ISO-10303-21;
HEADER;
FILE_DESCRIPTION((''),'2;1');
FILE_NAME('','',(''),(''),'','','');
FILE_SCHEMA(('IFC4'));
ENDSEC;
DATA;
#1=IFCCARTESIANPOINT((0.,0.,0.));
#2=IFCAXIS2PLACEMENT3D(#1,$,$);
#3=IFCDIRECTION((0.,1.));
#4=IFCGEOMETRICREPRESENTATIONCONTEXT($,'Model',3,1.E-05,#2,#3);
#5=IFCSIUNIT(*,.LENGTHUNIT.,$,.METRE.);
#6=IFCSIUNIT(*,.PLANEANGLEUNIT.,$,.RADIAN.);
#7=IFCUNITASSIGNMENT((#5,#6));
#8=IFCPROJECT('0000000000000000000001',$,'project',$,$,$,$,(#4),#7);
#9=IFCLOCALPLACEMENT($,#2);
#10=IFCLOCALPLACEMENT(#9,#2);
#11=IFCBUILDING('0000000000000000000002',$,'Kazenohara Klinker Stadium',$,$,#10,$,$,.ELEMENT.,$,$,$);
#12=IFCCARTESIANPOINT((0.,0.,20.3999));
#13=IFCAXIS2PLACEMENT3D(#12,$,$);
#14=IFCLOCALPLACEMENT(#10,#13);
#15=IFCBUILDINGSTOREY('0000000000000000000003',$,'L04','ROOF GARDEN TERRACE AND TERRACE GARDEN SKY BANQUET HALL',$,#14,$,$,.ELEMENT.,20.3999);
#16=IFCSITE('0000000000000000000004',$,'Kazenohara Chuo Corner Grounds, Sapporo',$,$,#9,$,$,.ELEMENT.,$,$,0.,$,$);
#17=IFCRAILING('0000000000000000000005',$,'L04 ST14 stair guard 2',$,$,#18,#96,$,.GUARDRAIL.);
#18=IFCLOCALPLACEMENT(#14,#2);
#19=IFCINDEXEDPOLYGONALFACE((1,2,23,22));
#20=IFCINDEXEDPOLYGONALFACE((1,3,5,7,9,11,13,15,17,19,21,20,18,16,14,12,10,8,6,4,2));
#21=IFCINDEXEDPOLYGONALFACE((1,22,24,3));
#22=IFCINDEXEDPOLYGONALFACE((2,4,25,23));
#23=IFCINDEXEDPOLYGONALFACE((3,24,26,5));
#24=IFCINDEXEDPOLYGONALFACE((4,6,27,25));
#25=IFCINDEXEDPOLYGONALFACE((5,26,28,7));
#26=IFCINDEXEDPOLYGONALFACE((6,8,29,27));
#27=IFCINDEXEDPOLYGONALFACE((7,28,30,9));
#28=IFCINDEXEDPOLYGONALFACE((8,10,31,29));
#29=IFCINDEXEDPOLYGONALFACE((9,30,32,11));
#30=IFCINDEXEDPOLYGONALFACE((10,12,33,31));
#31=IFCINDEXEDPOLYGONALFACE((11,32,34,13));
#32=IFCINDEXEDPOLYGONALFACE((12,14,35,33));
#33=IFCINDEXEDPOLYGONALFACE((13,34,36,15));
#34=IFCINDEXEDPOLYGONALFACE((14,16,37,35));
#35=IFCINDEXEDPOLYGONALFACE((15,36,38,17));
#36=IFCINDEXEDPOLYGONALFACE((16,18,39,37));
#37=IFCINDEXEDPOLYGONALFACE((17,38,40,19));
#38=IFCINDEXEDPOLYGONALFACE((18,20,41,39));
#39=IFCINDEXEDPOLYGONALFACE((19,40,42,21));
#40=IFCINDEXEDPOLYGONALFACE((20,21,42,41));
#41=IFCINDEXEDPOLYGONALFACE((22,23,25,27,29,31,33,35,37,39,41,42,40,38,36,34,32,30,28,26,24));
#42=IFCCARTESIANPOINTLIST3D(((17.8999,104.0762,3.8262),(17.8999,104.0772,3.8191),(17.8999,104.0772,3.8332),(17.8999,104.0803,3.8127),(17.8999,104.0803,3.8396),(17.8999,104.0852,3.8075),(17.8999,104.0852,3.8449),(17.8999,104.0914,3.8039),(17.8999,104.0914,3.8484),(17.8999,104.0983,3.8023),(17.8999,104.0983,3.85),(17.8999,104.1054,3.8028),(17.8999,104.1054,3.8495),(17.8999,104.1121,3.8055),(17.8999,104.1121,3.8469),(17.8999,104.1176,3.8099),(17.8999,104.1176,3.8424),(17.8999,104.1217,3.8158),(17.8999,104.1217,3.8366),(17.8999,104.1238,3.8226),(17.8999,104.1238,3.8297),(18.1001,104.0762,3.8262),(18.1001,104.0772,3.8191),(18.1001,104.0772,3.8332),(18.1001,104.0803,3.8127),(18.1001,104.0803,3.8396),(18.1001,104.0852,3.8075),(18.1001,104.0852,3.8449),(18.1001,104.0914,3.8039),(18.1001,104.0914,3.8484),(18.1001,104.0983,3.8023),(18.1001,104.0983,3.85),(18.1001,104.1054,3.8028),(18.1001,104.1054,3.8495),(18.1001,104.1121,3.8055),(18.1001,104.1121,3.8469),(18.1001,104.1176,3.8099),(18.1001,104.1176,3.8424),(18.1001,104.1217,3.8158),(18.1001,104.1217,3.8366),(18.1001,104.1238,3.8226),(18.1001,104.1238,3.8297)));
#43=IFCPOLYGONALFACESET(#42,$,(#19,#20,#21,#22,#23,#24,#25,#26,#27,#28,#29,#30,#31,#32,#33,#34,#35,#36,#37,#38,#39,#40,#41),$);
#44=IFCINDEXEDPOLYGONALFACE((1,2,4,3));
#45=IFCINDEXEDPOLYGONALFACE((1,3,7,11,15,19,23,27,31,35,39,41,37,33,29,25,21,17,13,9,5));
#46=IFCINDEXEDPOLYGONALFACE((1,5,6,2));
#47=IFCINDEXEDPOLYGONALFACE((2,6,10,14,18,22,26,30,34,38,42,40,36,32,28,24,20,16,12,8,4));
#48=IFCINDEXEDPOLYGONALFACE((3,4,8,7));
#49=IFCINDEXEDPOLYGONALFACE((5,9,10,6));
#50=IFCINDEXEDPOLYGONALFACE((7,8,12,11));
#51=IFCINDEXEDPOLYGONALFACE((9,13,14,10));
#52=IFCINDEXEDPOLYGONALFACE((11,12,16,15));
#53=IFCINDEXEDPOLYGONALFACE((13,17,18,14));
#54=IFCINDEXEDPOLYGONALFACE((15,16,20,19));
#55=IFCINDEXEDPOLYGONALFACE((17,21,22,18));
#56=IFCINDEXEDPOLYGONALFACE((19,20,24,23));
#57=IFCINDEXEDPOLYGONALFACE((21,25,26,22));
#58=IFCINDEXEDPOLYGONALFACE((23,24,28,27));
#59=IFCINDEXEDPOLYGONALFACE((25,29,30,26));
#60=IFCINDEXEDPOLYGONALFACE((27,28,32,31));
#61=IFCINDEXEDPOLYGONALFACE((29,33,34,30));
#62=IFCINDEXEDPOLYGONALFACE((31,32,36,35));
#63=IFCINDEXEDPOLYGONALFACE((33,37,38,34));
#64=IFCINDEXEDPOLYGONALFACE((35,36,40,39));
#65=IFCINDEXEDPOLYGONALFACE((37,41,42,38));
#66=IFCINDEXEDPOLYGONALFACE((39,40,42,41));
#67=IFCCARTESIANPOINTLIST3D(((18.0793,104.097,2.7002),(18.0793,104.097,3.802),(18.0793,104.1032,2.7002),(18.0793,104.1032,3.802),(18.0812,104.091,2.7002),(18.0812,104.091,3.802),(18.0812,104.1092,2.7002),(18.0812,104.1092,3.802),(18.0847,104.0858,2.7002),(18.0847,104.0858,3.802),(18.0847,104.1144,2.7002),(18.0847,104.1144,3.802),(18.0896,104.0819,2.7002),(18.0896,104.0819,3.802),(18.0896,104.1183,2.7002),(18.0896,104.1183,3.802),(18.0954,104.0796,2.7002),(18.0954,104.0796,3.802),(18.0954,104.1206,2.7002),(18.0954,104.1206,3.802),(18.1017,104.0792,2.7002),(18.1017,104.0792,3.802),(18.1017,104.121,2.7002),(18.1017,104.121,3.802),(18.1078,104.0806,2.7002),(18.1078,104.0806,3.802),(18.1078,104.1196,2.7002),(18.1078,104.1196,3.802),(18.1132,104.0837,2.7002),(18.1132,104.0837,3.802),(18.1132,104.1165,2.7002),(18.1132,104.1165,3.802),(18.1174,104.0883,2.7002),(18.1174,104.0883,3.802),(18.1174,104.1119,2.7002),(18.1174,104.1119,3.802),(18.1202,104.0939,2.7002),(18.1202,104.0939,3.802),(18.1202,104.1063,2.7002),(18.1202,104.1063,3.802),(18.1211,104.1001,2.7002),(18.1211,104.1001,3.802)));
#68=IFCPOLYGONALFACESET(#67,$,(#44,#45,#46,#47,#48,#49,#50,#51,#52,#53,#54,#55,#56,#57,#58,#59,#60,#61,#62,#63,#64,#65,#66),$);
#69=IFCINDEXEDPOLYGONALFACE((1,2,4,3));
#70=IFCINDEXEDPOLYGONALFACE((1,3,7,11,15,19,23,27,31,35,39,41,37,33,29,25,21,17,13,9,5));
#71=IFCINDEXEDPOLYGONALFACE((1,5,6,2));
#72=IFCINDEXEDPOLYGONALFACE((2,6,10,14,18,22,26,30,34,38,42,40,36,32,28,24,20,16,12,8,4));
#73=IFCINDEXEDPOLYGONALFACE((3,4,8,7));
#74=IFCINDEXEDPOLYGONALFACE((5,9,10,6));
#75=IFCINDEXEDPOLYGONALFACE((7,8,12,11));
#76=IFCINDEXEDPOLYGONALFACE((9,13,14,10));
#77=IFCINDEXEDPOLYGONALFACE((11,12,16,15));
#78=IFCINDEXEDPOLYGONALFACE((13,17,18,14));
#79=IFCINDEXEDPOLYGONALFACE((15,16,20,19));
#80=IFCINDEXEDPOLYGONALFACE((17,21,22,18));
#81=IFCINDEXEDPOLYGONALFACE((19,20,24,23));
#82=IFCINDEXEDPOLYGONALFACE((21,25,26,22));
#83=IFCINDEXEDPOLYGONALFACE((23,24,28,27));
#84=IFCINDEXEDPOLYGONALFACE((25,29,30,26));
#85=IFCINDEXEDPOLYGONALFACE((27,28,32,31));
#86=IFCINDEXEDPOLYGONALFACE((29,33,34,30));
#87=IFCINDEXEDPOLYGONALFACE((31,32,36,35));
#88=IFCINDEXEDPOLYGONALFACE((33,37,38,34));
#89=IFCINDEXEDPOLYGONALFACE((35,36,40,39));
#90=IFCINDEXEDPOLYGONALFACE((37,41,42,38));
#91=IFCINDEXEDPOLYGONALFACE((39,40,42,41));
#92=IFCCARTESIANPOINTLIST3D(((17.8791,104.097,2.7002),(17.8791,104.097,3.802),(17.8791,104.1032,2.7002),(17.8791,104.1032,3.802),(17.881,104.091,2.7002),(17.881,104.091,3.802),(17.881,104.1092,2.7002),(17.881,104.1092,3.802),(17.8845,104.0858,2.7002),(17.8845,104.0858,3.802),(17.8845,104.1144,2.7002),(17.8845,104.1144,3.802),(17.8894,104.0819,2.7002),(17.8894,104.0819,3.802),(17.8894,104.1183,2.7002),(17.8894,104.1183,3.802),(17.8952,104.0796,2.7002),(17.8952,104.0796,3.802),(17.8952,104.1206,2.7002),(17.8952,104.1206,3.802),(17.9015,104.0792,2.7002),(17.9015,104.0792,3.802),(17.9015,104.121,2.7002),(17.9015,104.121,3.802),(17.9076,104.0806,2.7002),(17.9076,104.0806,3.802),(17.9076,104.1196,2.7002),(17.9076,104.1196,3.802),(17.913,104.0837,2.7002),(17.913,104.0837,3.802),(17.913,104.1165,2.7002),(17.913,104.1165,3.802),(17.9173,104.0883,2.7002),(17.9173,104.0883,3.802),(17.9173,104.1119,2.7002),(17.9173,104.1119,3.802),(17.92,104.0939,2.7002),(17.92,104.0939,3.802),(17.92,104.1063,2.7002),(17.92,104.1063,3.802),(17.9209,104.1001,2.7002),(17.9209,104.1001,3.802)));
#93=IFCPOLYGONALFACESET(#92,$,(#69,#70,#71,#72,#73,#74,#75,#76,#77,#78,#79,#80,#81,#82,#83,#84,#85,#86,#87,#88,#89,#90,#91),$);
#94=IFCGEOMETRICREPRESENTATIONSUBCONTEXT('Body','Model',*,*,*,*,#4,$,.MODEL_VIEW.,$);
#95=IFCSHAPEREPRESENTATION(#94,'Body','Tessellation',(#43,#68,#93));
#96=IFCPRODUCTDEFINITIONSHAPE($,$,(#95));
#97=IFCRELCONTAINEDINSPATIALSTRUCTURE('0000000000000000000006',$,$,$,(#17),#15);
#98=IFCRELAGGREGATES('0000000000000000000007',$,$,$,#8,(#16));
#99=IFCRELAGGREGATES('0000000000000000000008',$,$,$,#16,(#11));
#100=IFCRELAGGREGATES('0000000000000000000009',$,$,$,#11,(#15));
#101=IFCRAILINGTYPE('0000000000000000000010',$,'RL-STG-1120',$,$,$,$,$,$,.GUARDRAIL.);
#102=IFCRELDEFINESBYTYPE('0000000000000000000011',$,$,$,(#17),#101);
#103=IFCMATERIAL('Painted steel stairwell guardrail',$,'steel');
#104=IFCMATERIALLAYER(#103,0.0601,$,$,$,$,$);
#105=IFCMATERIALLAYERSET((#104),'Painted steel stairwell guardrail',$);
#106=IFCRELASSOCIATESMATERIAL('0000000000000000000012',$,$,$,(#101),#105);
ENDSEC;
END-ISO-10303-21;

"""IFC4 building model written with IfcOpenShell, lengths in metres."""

from ifc_helpers import new_model, si_unit, direction, frame, origin, origin_2d, place, context, subcontext, project, spatial, circle, extrude, material, layer, layer_set, type_object, element, save


model = new_model("IFC4")

# Units and contexts
model_context = context("Model", 3, precision=1e-05, world=origin(), true_north=direction((0.0, 1.0)))
body_context = subcontext(model_context, "Body", "Model", "MODEL_VIEW")
ifc_project = project(units=[si_unit("LENGTHUNIT", "METRE"), si_unit("PLANEANGLEUNIT", "RADIAN")], contexts=[model_context])

# Site, building, storey
site_placement = place(None, origin())
site = spatial("IfcSite", under=ifc_project, at=site_placement, Name="Kazenohara Chuo Corner Grounds, Sapporo", CompositionType="ELEMENT", RefElevation=0.0)
building_placement = place(site_placement, origin())
building = spatial("IfcBuilding", under=site, at=building_placement, Name="Kazenohara Klinker Stadium", CompositionType="ELEMENT")
storey_placement = place(building_placement, frame((0.0, 0.0, 20.3999)))
storey = spatial("IfcBuildingStorey", under=building, at=storey_placement, Name="L04", Description="ROOF GARDEN TERRACE AND TERRACE GARDEN SKY BANQUET HALL", CompositionType="ELEMENT", Elevation=20.3999)

# Railing
ifc_material_1 = material(Name="Painted steel stairwell guardrail", Category="steel")
ifc_layer_1 = layer(ifc_material_1, 0.0601)
ifc_layer_set_1 = layer_set([ifc_layer_1], Name="Painted steel stairwell guardrail")
railing_type_1 = type_object("IfcRailingType", Name="RL-STG-1120", PredefinedType="GUARDRAIL", material=ifc_layer_set_1)
railing_1_placement = place(storey_placement, frame((18.1001, 104.1001, 2.7002)))
element("IfcRailing", 1, at=railing_1_placement, inside=storey, type_object=railing_type_1, Name="L04 ST14 stair guard 2", PredefinedType="GUARDRAIL", context=body_context, shape_type="SweptSolid", body=[
    extrude(circle(Radius=0.0239, at=origin_2d()), frame((0.0, 0.0, 1.126), z_axis=(-1.0, 0.0, 0.0), x_axis=(0.0, -1.0, 0.0)), (0.0, 0.0, 1.0), 0.2002),
    extrude(circle(Radius=0.021, at=origin_2d()), origin(), (0.0, 0.0, 1.0), 1.1018),
    extrude(circle(Radius=0.021, at=origin_2d()), frame((-0.2002, 0.0, 0.0)), (0.0, 0.0, 1.0), 1.1018),
])

save(model, "model.ifc")
